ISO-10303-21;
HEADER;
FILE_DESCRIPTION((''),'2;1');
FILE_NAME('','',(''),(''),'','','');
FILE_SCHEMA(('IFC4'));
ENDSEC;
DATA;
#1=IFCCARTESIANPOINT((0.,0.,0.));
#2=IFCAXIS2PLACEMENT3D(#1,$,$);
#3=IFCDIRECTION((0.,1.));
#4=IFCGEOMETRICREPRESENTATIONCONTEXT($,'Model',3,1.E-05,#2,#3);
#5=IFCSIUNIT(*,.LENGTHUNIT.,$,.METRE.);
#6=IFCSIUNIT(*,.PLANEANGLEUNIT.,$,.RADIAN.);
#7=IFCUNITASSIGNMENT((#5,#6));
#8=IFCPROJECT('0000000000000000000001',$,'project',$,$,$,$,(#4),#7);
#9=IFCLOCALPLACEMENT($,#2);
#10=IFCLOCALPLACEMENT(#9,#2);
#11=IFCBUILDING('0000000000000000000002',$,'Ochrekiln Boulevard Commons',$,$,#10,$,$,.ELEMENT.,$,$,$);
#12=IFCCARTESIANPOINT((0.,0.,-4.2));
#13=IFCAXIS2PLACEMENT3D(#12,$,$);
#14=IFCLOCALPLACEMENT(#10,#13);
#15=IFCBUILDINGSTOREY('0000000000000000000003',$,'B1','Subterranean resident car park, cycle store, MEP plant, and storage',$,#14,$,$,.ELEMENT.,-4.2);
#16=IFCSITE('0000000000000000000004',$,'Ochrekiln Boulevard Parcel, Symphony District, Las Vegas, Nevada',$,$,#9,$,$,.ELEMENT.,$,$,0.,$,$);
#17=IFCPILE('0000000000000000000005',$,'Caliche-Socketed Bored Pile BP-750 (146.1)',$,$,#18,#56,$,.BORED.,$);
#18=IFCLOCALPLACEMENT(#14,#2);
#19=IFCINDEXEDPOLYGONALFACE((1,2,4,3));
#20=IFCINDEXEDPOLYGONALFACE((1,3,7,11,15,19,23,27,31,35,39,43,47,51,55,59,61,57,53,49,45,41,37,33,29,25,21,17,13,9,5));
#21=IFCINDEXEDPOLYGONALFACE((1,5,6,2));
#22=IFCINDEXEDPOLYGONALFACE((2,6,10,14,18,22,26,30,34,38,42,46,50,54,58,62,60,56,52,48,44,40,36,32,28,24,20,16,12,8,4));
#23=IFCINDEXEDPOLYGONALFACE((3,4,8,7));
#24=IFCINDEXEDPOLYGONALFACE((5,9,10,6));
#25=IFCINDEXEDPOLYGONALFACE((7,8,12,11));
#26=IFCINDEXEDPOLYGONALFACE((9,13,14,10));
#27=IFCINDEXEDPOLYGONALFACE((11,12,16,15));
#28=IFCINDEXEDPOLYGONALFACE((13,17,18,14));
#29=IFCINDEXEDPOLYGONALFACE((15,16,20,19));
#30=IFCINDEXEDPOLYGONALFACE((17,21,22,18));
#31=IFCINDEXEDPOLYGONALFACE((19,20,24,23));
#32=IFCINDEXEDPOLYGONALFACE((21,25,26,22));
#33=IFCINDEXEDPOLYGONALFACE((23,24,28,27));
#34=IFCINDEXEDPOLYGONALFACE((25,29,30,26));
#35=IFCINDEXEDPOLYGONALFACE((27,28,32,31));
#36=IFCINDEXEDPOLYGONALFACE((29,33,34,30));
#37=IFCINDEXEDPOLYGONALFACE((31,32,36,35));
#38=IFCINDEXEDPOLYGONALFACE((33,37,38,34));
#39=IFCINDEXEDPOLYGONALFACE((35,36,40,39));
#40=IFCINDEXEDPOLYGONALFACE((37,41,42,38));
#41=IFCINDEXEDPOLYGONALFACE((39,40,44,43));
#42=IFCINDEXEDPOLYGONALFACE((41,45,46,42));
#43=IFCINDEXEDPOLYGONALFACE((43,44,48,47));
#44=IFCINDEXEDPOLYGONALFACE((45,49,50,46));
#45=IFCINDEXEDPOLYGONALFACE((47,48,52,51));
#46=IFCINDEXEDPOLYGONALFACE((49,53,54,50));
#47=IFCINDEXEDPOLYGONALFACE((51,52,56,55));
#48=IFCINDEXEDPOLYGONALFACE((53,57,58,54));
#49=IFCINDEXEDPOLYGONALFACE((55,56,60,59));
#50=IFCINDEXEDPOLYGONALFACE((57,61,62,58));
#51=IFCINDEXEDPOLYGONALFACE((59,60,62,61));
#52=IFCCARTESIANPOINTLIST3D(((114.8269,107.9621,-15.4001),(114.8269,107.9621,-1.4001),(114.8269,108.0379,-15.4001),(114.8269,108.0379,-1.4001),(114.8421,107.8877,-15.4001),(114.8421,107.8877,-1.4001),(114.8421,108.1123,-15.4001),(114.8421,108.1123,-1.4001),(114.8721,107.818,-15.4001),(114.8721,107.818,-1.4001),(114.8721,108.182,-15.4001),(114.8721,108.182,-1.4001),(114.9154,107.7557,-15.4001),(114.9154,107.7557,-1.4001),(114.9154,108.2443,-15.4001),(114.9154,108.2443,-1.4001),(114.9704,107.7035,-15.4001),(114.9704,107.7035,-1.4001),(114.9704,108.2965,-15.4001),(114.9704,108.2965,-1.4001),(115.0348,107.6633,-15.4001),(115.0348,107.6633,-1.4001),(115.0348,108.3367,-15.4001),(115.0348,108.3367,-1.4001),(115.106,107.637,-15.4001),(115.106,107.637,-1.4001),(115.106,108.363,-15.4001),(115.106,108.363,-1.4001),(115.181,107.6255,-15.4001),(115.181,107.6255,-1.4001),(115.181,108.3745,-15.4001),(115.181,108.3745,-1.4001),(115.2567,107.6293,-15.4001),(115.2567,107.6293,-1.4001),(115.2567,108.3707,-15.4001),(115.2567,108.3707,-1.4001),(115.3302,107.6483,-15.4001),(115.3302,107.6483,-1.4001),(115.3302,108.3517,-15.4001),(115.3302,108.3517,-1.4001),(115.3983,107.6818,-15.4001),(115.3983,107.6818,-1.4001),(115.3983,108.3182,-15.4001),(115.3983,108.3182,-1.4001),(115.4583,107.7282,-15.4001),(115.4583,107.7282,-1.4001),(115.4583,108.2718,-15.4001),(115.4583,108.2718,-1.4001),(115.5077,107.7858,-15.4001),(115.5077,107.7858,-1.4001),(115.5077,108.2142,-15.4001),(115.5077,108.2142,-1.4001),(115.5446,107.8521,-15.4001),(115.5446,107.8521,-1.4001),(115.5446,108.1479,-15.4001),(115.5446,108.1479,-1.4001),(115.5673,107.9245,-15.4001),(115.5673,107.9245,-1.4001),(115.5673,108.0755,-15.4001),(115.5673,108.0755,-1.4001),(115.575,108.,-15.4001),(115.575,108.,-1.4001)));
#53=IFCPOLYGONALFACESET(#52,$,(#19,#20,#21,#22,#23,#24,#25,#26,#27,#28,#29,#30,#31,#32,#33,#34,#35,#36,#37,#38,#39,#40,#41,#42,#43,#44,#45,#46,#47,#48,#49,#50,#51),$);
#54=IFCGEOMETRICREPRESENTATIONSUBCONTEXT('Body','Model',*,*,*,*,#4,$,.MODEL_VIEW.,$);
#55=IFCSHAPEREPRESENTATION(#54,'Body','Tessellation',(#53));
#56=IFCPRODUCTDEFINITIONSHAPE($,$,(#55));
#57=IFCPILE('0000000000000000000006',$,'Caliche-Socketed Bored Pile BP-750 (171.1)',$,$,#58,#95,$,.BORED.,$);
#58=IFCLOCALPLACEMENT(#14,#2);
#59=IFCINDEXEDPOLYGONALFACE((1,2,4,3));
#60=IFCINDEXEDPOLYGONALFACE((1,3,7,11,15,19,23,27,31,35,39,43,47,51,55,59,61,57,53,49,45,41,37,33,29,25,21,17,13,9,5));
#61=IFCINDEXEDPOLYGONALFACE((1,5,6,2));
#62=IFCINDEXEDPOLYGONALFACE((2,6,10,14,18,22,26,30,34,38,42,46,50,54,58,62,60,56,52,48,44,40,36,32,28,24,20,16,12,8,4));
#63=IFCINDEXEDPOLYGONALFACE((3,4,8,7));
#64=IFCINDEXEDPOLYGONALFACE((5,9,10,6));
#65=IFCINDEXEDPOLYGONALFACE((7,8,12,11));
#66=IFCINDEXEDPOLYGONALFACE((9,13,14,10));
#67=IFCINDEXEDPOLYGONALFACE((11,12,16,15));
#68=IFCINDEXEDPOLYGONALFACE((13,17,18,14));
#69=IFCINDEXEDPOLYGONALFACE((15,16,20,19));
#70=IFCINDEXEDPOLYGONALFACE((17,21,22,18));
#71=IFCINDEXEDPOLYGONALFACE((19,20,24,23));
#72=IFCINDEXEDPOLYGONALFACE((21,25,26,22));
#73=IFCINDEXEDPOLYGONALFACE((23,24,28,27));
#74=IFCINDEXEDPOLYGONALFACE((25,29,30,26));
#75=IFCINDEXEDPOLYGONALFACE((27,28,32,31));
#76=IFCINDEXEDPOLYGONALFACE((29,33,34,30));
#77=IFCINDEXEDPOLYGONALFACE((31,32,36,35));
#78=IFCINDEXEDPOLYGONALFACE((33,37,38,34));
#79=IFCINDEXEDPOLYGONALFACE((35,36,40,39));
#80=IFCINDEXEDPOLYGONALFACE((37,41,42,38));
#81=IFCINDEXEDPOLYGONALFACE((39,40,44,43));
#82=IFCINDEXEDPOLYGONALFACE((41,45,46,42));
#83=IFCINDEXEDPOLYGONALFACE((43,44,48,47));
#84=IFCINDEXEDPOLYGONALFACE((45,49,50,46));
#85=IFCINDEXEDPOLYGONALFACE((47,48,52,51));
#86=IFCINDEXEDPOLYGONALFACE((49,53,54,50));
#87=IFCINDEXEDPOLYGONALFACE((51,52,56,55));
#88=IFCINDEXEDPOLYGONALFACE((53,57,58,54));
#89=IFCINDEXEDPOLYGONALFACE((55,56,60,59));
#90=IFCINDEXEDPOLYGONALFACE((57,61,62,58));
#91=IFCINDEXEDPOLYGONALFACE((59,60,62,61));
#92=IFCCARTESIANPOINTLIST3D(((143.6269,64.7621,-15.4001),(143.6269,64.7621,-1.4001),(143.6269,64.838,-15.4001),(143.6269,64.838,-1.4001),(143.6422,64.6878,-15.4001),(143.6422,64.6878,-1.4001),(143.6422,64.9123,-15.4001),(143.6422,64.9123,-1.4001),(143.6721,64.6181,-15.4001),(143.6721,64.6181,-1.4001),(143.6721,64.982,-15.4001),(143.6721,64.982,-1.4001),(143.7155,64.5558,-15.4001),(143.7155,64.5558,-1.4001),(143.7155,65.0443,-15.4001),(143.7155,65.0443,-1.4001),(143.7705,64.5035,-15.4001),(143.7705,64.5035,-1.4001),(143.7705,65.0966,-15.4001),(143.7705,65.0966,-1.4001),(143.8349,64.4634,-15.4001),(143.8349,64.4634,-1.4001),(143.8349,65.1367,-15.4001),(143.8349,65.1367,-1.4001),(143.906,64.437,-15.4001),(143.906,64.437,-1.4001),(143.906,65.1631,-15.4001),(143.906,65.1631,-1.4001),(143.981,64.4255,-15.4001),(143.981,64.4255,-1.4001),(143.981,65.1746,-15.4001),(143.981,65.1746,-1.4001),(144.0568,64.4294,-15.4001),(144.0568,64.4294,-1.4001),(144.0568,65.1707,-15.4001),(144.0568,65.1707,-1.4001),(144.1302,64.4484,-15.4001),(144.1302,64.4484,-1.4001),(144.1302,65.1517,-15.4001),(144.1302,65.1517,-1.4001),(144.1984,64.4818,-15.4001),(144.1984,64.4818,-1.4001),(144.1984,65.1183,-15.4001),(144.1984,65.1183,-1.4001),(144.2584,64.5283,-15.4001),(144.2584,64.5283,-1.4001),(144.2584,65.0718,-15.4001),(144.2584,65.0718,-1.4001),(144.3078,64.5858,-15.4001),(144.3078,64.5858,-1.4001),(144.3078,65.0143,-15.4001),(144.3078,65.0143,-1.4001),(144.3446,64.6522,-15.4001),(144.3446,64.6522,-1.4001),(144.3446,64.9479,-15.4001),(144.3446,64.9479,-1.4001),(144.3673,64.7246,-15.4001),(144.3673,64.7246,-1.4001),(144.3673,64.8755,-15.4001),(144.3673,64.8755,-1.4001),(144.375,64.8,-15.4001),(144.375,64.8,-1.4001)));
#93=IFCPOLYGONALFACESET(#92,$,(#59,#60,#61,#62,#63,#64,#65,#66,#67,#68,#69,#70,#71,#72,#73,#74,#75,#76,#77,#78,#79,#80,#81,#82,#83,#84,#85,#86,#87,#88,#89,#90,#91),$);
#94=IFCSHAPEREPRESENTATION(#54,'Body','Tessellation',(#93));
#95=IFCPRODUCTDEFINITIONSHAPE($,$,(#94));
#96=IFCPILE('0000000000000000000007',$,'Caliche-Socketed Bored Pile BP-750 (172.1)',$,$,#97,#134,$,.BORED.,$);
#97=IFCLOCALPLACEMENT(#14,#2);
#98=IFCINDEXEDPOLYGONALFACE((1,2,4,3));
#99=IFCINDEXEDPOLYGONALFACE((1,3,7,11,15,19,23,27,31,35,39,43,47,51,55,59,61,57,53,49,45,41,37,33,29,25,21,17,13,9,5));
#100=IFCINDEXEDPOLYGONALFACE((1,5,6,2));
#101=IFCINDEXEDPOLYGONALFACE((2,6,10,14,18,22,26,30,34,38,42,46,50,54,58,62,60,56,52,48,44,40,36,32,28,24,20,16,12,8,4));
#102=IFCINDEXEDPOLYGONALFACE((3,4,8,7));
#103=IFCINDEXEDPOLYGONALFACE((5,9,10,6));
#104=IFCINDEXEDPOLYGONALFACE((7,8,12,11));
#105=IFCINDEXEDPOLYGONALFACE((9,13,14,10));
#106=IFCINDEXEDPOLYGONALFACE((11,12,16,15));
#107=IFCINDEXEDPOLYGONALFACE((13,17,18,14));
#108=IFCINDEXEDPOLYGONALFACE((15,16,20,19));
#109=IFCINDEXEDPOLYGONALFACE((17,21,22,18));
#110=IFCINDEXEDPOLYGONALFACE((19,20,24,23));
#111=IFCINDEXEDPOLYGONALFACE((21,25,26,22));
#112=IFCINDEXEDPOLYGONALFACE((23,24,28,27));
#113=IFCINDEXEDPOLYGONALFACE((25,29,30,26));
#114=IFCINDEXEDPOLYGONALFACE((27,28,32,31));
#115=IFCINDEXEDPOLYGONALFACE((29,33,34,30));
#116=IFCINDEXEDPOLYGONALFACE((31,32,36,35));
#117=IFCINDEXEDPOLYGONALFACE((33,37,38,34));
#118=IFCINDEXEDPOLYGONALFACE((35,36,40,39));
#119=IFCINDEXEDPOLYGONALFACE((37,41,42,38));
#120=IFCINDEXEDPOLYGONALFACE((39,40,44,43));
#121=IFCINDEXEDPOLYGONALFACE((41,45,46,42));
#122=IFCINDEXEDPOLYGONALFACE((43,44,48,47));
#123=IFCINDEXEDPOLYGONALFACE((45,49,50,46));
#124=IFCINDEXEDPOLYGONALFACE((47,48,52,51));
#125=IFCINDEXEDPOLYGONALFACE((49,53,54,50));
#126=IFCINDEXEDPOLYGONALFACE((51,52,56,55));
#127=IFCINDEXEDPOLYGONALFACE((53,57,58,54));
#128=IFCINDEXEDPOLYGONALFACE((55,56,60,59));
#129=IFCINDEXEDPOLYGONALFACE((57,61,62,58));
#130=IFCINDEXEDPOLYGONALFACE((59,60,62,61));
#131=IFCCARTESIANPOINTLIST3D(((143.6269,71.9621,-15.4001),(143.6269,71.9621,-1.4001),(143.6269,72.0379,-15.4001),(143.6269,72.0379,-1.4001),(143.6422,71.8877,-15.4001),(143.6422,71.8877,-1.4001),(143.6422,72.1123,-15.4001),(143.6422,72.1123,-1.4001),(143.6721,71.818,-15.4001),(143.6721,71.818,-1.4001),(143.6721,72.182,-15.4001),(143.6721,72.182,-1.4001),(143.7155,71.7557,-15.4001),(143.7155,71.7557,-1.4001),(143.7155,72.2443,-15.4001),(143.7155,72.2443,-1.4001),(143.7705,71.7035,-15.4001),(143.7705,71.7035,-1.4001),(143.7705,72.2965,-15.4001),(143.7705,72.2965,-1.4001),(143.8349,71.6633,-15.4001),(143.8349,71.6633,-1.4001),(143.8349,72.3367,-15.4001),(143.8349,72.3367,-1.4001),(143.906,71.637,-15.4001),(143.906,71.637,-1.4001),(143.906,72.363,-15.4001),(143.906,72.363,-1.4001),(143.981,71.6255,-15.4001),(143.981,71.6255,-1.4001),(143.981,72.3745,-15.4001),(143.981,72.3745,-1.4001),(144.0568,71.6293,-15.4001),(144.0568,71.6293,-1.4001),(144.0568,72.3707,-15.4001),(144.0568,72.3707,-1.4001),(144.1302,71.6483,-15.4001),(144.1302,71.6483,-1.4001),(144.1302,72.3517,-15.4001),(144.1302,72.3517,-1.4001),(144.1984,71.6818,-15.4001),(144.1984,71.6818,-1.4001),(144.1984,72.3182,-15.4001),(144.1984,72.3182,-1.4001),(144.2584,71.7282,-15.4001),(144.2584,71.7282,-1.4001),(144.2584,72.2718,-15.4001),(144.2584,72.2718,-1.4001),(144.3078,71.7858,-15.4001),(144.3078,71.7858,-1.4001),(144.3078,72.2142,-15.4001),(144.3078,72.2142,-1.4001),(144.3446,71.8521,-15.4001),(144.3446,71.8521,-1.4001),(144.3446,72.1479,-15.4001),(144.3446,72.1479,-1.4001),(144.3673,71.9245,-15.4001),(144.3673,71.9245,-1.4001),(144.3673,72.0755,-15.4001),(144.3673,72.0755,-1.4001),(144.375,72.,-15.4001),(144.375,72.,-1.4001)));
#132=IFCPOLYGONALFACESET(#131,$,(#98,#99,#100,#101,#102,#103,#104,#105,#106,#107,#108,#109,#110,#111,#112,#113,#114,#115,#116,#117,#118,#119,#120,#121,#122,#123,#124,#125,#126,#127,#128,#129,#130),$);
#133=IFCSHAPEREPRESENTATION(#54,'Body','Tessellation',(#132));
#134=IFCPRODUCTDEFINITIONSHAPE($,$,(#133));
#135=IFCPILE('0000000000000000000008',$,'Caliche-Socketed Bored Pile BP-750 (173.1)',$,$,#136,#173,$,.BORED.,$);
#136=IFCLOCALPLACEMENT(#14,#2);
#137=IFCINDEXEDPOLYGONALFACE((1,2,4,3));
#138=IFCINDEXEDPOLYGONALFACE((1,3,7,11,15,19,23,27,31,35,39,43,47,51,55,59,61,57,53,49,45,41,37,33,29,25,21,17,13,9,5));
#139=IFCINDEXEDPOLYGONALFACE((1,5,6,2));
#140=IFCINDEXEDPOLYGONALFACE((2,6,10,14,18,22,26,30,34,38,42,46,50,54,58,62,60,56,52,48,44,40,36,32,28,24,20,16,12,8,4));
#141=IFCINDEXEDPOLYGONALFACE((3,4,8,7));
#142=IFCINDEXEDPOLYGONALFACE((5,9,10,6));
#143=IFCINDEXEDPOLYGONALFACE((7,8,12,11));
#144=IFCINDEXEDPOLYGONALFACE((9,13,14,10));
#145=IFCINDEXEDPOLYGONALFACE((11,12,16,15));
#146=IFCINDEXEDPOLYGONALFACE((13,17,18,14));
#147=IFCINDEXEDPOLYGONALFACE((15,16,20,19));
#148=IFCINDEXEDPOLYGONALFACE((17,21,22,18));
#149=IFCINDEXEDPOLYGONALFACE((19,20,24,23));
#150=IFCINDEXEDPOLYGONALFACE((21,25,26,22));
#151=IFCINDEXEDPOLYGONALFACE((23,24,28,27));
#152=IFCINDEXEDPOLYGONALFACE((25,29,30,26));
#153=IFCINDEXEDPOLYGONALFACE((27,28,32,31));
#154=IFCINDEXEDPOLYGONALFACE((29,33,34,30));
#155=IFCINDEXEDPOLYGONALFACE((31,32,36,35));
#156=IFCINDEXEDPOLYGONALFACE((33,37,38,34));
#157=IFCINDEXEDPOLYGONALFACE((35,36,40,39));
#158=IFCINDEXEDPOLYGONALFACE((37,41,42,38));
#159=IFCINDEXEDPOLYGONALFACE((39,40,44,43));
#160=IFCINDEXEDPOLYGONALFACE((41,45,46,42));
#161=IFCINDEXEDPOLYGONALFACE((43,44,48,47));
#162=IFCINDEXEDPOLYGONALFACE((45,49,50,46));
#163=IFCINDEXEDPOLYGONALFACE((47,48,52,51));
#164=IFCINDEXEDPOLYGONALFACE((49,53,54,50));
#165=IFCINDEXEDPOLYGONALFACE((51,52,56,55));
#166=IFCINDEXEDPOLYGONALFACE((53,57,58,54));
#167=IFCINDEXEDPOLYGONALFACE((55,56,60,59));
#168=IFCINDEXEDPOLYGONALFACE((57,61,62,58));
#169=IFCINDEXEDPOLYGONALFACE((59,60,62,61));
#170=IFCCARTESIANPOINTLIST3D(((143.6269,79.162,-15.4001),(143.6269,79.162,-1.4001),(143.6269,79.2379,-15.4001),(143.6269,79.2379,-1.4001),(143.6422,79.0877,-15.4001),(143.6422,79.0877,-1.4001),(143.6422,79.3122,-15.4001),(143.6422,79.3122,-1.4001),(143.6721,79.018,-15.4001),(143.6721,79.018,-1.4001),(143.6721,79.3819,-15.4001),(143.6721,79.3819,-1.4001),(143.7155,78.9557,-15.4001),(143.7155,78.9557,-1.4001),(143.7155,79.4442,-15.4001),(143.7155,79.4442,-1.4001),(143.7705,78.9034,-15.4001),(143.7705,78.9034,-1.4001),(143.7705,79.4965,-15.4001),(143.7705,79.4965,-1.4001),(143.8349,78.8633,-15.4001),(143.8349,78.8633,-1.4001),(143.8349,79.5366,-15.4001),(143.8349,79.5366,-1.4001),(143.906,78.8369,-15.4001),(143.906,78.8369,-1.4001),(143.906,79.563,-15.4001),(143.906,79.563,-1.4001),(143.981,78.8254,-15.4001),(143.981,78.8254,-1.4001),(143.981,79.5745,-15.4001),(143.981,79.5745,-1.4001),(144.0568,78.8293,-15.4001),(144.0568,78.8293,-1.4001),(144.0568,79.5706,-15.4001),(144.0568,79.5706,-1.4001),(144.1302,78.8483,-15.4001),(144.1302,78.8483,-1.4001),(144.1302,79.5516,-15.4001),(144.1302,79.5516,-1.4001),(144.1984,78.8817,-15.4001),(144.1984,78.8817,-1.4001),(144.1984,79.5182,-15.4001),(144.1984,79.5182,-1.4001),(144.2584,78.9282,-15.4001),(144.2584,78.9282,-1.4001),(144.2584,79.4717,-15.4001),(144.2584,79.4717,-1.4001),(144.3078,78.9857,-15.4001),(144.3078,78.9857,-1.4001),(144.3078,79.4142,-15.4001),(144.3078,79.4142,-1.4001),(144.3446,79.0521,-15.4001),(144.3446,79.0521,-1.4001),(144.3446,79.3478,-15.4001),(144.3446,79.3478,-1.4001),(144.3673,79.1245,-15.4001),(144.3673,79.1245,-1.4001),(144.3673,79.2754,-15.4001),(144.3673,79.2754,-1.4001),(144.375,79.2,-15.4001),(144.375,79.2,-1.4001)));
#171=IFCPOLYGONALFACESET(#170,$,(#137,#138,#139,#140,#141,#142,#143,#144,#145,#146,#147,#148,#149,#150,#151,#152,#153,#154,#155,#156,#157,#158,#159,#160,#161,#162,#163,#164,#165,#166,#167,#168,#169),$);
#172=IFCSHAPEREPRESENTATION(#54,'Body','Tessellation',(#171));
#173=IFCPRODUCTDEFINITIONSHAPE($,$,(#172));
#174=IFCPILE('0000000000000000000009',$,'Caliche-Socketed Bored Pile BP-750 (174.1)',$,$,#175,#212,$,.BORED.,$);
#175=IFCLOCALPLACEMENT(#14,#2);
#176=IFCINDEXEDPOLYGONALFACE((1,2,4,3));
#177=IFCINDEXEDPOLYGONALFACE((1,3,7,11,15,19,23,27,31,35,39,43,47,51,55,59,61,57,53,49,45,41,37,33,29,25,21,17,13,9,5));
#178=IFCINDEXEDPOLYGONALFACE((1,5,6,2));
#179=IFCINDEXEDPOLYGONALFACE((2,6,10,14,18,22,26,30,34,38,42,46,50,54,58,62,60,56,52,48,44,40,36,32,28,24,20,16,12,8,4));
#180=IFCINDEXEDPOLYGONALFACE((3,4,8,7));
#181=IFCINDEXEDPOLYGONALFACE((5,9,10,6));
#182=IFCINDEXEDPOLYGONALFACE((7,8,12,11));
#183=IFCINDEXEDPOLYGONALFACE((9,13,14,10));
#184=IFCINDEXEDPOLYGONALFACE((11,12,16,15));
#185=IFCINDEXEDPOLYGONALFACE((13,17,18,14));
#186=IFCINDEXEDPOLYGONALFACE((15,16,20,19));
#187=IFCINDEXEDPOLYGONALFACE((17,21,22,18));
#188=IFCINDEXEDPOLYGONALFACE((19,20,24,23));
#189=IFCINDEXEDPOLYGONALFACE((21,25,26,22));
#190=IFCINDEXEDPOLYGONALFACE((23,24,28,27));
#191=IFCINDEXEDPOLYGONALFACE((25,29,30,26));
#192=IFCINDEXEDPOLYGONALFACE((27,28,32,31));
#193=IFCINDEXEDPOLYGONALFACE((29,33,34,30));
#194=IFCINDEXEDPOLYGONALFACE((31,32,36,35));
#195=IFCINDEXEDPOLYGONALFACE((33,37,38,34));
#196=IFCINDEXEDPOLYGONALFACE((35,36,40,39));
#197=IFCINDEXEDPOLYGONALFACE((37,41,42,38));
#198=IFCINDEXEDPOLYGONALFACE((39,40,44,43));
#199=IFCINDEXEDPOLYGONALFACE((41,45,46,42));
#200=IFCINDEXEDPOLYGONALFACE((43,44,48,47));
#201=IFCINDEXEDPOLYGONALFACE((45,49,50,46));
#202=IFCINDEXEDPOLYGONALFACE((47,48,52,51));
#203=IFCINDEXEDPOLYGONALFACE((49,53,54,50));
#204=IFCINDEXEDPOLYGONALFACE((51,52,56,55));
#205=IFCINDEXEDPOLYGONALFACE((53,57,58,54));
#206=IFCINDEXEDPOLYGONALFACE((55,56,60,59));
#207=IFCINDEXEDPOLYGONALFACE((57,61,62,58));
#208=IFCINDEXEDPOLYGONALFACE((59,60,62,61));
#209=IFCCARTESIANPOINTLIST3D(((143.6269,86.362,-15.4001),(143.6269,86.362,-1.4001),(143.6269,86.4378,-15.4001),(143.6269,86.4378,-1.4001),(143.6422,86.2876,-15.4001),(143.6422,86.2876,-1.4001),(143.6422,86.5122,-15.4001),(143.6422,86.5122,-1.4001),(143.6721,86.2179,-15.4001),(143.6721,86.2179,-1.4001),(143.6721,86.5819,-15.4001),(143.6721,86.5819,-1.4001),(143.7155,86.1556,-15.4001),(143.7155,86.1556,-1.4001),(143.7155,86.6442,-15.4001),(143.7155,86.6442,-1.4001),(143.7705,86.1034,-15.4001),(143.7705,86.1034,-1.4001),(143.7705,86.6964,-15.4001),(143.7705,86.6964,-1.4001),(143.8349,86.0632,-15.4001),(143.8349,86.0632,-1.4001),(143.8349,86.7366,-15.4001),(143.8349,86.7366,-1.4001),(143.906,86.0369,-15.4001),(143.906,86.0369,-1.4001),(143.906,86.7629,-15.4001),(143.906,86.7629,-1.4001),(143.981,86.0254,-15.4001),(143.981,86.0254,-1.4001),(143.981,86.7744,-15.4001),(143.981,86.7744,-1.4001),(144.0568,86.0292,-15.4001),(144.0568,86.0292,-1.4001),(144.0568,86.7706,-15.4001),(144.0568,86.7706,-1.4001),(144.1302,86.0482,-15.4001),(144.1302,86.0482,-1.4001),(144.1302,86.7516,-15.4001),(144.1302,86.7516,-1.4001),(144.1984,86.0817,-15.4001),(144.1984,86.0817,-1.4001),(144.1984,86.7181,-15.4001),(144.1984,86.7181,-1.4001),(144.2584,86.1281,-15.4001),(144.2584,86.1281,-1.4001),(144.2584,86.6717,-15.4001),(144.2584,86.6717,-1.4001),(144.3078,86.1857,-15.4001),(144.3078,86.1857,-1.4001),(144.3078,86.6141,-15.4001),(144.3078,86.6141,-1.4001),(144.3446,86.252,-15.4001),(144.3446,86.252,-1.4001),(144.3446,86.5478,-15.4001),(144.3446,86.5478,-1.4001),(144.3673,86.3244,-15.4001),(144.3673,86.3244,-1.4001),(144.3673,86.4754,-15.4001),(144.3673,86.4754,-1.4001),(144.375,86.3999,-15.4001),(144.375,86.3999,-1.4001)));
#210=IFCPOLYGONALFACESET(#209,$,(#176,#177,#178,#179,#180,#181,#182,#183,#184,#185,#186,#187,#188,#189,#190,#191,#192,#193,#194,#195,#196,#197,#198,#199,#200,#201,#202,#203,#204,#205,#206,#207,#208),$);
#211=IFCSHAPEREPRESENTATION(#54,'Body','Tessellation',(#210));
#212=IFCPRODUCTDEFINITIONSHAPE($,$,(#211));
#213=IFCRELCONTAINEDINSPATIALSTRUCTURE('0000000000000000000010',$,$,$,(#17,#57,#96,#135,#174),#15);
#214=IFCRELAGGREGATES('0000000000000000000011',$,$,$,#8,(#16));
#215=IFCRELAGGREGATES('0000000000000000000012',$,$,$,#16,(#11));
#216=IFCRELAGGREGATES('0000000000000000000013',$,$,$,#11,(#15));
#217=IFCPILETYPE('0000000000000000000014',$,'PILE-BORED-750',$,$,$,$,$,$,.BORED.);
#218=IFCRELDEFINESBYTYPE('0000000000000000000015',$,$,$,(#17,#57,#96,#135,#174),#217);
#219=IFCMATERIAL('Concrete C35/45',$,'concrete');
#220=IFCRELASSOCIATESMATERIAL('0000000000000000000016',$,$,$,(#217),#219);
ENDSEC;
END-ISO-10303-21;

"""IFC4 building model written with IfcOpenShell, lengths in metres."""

from ifc_helpers import new_model, si_unit, direction, frame, origin, origin_2d, place, context, subcontext, project, spatial, circle, extrude, material, material_profile, profile_set, type_object, element, save


model = new_model("IFC4")

# Units and contexts
model_context = context("Model", 3, precision=1e-05, world=origin(), true_north=direction((0.0, 1.0)))
body_context = subcontext(model_context, "Body", "Model", "MODEL_VIEW")
ifc_project = project(units=[si_unit("LENGTHUNIT", "METRE"), si_unit("PLANEANGLEUNIT", "RADIAN")], contexts=[model_context])

# Site, building, storey
site_placement = place(None, origin())
site = spatial("IfcSite", under=ifc_project, at=site_placement, Name="Ochrekiln Boulevard Parcel, Symphony District, Las Vegas, Nevada", CompositionType="ELEMENT", RefElevation=0.0)
building_placement = place(site_placement, origin())
building = spatial("IfcBuilding", under=site, at=building_placement, Name="Ochrekiln Boulevard Commons", CompositionType="ELEMENT")
storey_placement = place(building_placement, frame((0.0, 0.0, -4.2)))
storey = spatial("IfcBuildingStorey", under=building, at=storey_placement, Name="B1", Description="Subterranean resident car park, cycle store, MEP plant, and storage", CompositionType="ELEMENT", Elevation=-4.2)

# Shared definitions
ifc_material_1 = material(Name="Concrete C35/45", Category="concrete")

# Piles
ifc_material_profile_1 = material_profile(ifc_material_1, circle(Radius=0.375, at=origin_2d()), Name="PILE-D750")
ifc_profile_set_1 = profile_set([ifc_material_profile_1], Name="Concrete C35/45")
pile_type = type_object("IfcPileType", Name="PILE-BORED-750", PredefinedType="BORED", material=ifc_profile_set_1)
for number, where, z_axis, x_axis, name in (
    (1, (115.2, 108.0, -1.4001), (0.0, 0.0, -1.0), (1.0, 0.0, 0.0), "Caliche-Socketed Bored Pile BP-750 (146.1)"),
    (2, (144.0, 64.8, -1.4001), (0.0, 0.0, -1.0), (1.0, 0.0, 0.0), "Caliche-Socketed Bored Pile BP-750 (171.1)"),
    (3, (144.0, 72.0, -1.4001), (0.0, 0.0, -1.0), (1.0, 0.0, 0.0), "Caliche-Socketed Bored Pile BP-750 (172.1)"),
    (4, (144.0, 79.2, -1.4001), (0.0, 0.0, -1.0), (1.0, 0.0, 0.0), "Caliche-Socketed Bored Pile BP-750 (173.1)"),
    (5, (144.0, 86.3999, -1.4001), (0.0, 0.0, -1.0), (1.0, 0.0, 0.0), "Caliche-Socketed Bored Pile BP-750 (174.1)"),
):
    element("IfcPile", number, at=place(storey_placement, frame(where, z_axis=z_axis, x_axis=x_axis)), inside=storey, type_object=pile_type, Name=name, PredefinedType="BORED", context=body_context, shape_type="SweptSolid", body=[
        extrude(circle(Radius=0.375, at=origin_2d()), origin(), (0.0, 0.0, 1.0), 14.0),
    ])

save(model, "model.ifc")
